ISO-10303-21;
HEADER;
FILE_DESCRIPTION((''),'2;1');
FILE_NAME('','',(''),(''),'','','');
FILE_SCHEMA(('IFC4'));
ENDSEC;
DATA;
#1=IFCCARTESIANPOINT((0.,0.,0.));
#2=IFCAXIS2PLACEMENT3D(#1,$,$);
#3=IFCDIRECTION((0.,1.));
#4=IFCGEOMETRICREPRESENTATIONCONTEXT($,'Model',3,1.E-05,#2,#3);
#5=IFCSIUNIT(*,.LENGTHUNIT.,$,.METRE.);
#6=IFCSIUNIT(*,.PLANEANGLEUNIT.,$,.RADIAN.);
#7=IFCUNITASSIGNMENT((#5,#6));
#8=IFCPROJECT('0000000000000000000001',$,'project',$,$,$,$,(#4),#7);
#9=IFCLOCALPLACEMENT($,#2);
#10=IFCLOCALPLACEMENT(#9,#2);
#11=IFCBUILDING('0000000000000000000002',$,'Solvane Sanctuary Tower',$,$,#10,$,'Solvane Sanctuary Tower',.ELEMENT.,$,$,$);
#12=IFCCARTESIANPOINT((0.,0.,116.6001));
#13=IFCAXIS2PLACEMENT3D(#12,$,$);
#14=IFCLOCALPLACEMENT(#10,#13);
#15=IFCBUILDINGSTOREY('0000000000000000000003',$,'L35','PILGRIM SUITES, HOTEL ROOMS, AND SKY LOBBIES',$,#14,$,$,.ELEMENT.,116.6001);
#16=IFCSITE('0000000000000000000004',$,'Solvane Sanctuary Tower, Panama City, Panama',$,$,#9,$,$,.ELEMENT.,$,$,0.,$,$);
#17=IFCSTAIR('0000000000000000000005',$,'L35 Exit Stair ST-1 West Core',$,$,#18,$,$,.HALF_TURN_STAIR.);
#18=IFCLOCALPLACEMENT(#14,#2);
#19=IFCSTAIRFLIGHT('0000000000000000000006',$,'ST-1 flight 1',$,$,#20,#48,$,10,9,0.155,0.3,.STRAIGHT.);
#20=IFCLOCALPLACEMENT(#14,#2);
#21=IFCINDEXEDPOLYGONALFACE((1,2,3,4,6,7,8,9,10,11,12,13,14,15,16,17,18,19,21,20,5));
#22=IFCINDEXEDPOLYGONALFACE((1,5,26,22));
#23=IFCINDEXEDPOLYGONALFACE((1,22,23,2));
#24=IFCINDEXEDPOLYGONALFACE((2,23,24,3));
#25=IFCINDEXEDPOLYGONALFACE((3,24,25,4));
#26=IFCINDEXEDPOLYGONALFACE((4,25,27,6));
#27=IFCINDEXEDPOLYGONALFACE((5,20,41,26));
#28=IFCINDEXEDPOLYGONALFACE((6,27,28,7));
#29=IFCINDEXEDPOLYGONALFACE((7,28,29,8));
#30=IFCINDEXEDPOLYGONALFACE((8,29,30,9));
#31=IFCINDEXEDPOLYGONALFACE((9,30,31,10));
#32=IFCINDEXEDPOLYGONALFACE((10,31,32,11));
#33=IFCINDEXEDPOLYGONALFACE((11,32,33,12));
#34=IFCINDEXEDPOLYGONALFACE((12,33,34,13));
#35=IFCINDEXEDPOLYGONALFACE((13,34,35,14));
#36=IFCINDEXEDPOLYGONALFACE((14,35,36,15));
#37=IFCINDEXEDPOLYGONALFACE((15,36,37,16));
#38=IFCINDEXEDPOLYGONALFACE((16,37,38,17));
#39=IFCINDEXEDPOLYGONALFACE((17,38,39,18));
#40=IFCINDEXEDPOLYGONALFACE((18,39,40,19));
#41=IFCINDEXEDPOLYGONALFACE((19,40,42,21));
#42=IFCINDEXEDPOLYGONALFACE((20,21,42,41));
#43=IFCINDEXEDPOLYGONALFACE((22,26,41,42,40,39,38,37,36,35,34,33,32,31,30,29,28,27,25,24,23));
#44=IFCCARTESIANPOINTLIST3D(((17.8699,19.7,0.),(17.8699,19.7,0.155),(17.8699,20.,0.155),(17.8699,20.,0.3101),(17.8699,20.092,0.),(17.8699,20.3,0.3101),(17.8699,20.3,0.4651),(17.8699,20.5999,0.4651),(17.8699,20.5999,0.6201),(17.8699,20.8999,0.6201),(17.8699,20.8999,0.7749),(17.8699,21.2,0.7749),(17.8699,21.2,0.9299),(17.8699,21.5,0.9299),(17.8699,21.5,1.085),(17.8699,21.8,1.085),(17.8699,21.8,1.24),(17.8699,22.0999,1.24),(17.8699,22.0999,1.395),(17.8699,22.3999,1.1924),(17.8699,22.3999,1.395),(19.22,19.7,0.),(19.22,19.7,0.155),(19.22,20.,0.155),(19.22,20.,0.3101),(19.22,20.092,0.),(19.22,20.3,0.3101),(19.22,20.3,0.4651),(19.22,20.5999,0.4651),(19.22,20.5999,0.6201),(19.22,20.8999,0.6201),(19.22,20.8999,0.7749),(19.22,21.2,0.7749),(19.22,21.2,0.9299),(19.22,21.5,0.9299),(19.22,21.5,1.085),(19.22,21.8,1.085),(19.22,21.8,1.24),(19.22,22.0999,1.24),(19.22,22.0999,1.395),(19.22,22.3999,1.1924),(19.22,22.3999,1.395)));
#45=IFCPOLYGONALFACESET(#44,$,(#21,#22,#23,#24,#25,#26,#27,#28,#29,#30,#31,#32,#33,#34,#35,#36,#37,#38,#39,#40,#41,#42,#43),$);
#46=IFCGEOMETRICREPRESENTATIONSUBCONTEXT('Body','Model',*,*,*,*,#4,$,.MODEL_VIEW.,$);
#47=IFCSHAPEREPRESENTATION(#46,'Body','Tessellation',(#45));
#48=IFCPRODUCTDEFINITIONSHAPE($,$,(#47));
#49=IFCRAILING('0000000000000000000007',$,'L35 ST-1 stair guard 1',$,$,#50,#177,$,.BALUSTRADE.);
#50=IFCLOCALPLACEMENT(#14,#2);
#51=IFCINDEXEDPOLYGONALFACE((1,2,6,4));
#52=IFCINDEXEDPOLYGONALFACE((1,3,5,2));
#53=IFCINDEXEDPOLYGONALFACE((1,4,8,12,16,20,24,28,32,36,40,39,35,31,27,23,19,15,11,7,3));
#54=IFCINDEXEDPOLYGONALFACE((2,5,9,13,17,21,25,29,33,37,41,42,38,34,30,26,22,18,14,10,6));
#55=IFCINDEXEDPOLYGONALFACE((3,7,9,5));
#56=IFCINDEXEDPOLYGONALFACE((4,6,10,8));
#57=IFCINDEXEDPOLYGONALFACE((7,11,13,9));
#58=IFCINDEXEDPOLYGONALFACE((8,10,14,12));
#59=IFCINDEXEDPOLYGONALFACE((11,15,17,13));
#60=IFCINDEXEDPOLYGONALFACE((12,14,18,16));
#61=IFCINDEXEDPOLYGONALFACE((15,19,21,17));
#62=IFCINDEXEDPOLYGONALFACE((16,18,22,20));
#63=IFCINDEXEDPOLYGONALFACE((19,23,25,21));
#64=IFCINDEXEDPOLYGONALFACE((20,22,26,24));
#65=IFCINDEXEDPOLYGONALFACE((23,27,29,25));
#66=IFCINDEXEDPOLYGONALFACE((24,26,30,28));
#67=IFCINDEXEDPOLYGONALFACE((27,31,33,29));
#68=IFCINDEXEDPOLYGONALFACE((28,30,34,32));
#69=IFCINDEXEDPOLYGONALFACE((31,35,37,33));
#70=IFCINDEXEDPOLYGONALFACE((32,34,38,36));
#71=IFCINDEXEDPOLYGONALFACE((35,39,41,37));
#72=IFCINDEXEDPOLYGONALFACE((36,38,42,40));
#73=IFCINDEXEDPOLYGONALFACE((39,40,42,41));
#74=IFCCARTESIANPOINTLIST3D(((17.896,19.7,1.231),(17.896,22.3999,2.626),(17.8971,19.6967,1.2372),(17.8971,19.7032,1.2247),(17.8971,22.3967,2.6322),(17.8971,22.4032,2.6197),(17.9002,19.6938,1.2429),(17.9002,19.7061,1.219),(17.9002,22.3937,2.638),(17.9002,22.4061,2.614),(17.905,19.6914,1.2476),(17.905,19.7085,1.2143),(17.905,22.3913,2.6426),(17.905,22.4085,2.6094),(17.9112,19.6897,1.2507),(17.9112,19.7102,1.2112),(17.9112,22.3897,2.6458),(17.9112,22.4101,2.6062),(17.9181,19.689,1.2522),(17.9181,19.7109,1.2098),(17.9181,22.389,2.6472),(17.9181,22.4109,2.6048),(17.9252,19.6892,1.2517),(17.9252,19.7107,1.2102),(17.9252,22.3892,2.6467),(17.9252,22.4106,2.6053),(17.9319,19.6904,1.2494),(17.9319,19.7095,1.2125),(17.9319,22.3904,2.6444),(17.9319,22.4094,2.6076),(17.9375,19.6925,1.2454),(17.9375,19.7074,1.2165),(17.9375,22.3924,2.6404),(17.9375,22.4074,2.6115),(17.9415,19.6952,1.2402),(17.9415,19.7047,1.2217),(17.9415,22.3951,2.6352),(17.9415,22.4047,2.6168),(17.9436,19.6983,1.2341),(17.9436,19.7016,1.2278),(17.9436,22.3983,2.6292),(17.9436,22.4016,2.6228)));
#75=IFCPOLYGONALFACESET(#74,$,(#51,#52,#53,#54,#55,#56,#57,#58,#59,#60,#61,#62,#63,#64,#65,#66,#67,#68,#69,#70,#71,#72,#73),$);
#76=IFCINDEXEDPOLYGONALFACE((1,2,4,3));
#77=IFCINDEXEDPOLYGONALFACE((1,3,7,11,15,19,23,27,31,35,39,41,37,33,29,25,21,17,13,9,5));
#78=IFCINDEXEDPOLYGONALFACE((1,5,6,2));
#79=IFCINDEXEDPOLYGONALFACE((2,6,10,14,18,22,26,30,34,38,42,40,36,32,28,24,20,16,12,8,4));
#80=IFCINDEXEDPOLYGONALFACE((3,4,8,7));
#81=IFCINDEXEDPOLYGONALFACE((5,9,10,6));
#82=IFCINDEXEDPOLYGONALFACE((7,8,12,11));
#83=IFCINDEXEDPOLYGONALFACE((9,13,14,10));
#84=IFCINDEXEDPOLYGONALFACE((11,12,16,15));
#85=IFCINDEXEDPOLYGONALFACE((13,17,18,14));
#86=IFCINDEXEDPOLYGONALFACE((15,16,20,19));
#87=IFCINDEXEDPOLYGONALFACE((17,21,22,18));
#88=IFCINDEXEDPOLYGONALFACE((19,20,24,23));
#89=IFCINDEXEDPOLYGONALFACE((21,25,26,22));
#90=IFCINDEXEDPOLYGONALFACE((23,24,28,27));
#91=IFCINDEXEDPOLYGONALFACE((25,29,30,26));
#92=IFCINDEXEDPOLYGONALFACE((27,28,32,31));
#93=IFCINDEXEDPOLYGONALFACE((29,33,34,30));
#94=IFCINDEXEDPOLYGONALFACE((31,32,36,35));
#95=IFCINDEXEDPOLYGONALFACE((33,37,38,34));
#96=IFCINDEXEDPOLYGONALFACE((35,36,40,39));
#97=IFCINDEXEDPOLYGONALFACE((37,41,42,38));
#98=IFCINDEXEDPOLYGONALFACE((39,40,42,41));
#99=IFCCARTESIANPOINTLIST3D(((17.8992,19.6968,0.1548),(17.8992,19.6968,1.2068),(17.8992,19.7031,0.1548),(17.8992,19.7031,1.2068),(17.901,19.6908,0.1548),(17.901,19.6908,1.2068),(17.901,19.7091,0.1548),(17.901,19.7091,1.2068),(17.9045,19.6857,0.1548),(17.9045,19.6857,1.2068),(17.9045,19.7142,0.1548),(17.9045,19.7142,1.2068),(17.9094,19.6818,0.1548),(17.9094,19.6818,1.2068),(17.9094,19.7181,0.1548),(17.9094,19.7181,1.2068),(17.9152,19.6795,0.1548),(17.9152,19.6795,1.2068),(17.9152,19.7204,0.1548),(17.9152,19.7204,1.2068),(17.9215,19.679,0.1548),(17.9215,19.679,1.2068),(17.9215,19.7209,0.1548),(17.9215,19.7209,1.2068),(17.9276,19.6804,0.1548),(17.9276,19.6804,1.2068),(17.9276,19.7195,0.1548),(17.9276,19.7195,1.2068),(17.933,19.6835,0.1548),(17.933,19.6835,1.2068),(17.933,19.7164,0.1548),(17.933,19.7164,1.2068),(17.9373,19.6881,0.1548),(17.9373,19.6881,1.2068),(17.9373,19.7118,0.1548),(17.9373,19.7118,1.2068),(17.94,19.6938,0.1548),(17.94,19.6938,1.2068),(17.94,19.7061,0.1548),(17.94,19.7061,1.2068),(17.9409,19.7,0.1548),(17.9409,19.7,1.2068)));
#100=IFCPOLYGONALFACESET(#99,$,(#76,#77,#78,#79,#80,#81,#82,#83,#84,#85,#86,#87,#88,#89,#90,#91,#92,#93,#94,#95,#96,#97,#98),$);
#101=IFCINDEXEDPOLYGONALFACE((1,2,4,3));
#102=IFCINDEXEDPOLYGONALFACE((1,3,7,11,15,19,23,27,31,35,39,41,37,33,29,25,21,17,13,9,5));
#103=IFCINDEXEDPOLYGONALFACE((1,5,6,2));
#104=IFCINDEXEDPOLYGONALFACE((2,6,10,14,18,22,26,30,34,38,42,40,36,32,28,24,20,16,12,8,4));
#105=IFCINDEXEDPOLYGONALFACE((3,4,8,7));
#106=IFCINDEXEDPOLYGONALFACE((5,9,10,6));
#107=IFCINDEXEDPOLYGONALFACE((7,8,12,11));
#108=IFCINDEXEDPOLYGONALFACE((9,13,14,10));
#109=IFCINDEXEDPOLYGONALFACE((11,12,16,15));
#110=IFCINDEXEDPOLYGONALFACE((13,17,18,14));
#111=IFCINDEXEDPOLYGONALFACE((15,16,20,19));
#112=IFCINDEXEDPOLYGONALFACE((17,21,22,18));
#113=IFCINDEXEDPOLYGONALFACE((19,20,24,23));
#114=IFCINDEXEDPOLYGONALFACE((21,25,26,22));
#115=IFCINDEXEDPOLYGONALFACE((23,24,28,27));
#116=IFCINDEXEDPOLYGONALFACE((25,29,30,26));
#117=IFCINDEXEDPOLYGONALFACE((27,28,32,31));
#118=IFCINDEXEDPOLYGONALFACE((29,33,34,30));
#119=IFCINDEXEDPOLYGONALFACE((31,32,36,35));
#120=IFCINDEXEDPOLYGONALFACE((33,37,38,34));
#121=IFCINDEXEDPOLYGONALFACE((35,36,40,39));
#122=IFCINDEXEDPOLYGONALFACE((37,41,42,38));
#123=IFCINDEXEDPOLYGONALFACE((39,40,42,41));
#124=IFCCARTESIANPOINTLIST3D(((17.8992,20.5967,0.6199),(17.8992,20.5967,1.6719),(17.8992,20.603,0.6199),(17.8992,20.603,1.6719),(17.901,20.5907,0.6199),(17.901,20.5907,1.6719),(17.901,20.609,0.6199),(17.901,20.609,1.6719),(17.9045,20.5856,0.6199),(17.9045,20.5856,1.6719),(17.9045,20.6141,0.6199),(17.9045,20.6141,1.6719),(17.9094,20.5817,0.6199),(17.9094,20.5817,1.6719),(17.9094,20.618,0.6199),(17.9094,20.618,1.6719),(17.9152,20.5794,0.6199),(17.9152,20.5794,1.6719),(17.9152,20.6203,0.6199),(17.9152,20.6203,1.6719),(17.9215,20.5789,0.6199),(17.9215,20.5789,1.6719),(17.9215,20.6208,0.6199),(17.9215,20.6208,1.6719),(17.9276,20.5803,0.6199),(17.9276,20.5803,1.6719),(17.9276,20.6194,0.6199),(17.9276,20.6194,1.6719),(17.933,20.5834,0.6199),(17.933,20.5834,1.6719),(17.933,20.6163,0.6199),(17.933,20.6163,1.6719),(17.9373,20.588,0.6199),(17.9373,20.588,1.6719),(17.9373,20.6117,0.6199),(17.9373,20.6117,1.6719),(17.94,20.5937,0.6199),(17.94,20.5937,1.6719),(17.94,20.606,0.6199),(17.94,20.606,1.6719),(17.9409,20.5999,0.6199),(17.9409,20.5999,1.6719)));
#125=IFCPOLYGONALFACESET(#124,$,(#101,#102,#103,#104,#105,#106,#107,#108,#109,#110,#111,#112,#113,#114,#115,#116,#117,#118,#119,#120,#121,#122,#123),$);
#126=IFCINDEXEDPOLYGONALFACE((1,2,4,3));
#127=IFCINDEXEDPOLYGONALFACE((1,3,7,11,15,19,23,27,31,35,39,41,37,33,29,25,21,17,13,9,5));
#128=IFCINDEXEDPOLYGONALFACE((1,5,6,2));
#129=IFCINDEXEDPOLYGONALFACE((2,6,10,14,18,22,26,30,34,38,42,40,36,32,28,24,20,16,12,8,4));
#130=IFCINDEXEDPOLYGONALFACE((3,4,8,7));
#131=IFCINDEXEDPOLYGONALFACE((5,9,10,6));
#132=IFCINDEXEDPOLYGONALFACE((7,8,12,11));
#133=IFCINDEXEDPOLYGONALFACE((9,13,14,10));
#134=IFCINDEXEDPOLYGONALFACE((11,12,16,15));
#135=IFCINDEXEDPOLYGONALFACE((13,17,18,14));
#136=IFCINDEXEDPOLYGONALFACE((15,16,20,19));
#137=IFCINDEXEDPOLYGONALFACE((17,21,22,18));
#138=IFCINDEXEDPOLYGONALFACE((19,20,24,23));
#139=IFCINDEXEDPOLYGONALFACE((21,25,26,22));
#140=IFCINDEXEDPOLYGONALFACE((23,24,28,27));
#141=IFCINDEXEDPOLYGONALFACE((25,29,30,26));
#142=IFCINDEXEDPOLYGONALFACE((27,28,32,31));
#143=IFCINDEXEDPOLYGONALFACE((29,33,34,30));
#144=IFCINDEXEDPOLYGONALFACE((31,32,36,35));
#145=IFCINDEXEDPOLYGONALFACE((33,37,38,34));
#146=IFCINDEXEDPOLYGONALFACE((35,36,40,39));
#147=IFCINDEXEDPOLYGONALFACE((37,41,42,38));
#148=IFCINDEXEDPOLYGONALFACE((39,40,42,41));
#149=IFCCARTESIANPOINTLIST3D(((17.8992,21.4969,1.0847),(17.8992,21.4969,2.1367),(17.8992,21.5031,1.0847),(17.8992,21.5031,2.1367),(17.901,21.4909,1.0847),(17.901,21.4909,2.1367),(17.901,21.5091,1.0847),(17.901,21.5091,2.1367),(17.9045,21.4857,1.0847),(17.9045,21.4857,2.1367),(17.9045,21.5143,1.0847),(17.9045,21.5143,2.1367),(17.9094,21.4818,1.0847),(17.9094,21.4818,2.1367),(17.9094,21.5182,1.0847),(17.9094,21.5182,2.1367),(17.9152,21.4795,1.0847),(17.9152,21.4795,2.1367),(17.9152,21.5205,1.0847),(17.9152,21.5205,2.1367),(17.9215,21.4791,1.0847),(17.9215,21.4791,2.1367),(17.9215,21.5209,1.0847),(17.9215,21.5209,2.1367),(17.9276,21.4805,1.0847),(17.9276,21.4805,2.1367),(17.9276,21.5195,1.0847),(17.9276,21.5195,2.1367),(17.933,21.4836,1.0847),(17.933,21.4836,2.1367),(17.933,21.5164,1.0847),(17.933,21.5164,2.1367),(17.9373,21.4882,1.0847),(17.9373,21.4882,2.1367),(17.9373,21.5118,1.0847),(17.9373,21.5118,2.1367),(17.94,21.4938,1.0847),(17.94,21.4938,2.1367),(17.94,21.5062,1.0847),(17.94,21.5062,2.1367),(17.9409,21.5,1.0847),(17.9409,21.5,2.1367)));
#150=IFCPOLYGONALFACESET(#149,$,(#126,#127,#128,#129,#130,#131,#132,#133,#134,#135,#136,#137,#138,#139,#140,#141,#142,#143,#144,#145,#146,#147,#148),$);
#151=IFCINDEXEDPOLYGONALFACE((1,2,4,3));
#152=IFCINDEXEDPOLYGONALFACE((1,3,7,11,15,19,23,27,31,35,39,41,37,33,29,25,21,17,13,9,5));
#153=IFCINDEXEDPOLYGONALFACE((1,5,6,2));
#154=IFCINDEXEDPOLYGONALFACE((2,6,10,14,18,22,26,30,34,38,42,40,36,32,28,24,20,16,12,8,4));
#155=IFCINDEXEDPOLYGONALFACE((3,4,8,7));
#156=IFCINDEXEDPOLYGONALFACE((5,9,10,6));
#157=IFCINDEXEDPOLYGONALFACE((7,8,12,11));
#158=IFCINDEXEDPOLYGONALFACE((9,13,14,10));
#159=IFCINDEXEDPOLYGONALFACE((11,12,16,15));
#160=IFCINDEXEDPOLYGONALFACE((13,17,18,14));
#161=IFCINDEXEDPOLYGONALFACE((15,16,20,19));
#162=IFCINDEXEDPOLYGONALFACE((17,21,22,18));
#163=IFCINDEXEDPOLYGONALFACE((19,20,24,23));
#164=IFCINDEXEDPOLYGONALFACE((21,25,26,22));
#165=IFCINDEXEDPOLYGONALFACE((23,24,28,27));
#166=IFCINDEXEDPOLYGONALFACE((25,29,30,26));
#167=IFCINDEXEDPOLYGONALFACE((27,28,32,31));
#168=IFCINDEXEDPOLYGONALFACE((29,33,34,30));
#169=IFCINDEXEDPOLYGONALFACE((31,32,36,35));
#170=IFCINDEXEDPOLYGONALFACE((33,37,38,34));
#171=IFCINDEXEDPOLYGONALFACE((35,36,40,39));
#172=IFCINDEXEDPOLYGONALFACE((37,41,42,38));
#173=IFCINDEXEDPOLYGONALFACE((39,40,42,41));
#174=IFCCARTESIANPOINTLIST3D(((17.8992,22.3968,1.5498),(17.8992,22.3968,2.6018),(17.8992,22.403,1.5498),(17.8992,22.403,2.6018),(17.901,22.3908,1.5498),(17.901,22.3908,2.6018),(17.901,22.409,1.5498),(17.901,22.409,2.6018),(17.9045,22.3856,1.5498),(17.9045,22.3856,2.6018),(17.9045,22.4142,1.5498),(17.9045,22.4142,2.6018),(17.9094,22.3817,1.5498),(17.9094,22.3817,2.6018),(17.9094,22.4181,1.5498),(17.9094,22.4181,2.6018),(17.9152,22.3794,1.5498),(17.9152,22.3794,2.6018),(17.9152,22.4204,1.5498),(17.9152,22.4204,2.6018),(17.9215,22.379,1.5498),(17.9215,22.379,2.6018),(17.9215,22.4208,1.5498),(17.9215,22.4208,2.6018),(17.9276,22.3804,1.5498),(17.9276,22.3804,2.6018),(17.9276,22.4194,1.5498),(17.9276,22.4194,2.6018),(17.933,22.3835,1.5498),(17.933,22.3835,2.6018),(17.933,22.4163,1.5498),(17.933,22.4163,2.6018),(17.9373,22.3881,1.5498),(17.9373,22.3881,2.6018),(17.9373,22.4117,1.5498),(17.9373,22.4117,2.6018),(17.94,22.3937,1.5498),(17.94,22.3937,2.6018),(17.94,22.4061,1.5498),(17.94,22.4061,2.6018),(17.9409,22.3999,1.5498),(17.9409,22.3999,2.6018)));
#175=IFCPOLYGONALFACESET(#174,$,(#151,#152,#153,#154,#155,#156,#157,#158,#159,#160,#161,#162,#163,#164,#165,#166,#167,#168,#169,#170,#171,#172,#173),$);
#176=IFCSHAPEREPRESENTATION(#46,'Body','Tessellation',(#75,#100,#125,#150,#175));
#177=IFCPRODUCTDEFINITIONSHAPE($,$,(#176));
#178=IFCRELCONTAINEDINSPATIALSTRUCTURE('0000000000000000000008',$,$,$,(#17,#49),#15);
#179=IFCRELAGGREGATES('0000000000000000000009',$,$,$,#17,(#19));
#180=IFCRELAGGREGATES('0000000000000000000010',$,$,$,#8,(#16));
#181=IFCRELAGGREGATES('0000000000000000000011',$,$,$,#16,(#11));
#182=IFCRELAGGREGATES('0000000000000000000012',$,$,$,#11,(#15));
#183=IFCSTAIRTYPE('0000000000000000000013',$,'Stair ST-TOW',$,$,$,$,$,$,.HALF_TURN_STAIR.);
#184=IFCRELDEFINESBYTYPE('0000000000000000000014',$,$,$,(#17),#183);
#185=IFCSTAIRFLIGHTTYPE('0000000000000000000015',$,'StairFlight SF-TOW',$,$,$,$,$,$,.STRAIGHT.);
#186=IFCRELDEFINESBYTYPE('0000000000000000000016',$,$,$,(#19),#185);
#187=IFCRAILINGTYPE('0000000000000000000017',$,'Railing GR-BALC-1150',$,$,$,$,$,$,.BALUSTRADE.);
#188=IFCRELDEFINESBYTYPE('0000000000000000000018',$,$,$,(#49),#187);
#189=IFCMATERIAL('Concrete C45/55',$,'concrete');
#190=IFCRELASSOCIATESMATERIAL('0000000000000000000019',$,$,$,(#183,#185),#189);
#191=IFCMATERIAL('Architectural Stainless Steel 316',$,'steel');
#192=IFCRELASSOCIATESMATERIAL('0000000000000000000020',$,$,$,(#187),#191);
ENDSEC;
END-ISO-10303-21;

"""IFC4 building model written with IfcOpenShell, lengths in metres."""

from ifc_helpers import new_model, si_unit, direction, frame, origin, origin_2d, place, context, subcontext, project, spatial, polyline, circle, outline, extrude, material, type_object, element, aggregate, save


model = new_model("IFC4")

# Units and contexts
model_context = context("Model", 3, precision=1e-05, world=origin(), true_north=direction((0.0, 1.0)))
body_context = subcontext(model_context, "Body", "Model", "MODEL_VIEW")
ifc_project = project(units=[si_unit("LENGTHUNIT", "METRE"), si_unit("PLANEANGLEUNIT", "RADIAN")], contexts=[model_context])

# Site, building, storey
site_placement = place(None, origin())
site = spatial("IfcSite", under=ifc_project, at=site_placement, Name="Solvane Sanctuary Tower, Panama City, Panama", CompositionType="ELEMENT", RefElevation=0.0)
building_placement = place(site_placement, origin())
building = spatial("IfcBuilding", under=site, at=building_placement, Name="Solvane Sanctuary Tower", LongName="Solvane Sanctuary Tower", CompositionType="ELEMENT")
storey_placement = place(building_placement, frame((0.0, 0.0, 116.6001)))
storey = spatial("IfcBuildingStorey", under=building, at=storey_placement, Name="L35", Description="PILGRIM SUITES, HOTEL ROOMS, AND SKY LOBBIES", CompositionType="ELEMENT", Elevation=116.6001)

# Shared definitions
ifc_material_1 = material(Name="Architectural Stainless Steel 316", Category="steel")

# Stair, stair flight
ifc_material_2 = material(Name="Concrete C45/55", Category="concrete")
stair_type = type_object("IfcStairType", Name="Stair ST-TOW", PredefinedType="HALF_TURN_STAIR", material=ifc_material_2)
stair_placement = place(storey_placement, origin())
stair = element("IfcStair", 1, at=stair_placement, inside=storey, type_object=stair_type, Name="L35 Exit Stair ST-1 West Core", PredefinedType="HALF_TURN_STAIR")
stair_flight_type = type_object("IfcStairFlightType", Name="StairFlight SF-TOW", PredefinedType="STRAIGHT", material=ifc_material_2)
stair_flight_placement = place(storey_placement, frame((18.5449, 19.7, 0.0), z_axis=(0.0, 0.0, 1.0), x_axis=(0.0, 1.0, 0.0)))
stair_flight = element("IfcStairFlight", 2, at=stair_flight_placement, type_object=stair_flight_type, Name="ST-1 flight 1", NumberOfRisers=10, NumberOfTreads=9, PredefinedType="STRAIGHT", RiserHeight=0.155, TreadLength=0.3, context=body_context, shape_type="SweptSolid", body=[
    extrude(outline(polyline([(0.0, 0.0), (0.0, 0.155), (0.3, 0.155), (0.3, 0.3101), (0.6001, 0.3101), (0.6001, 0.4651), (0.8999, 0.4651), (0.8999, 0.6201), (1.2, 0.6201), (1.2, 0.7749), (1.5, 0.7749), (1.5, 0.9299), (1.8, 0.9299), (1.8, 1.085), (2.1001, 1.085), (2.1001, 1.24), (2.3999, 1.24), (2.3999, 1.395), (2.7, 1.395), (2.7, 1.55), (2.7, 1.1924), (0.3921, 0.0), (0.0, 0.0)])), frame((0.0, 0.675, 0.0), z_axis=(0.0, -1.0, 0.0), x_axis=(1.0, 0.0, 0.0)), (0.0, 0.0, 1.0), 1.3501),
])
aggregate(stair, [stair_flight])

# Railing
railing_type = type_object("IfcRailingType", Name="Railing GR-BALC-1150", PredefinedType="BALUSTRADE", material=ifc_material_1)
railing_1_placement = place(storey_placement, frame((17.9199, 19.7, 0.1548)))
element("IfcRailing", 3, at=railing_1_placement, inside=storey, type_object=railing_type, Name="L35 ST-1 stair guard 1", PredefinedType="BALUSTRADE", context=body_context, shape_type="SweptSolid", body=[
    extrude(circle(Radius=0.0239, at=origin_2d()), frame((0.0, 0.0, 1.0762), z_axis=(0.0, 0.88842, 0.459032), x_axis=(-1.0, 0.0, 0.0)), (0.0, 0.0, 1.0), 3.0391),
    extrude(circle(Radius=0.021, at=origin_2d()), origin(), (0.0, 0.0, 1.0), 1.052),
    extrude(circle(Radius=0.021, at=origin_2d()), frame((0.0, 0.8999, 0.4651)), (0.0, 0.0, 1.0), 1.052),
    extrude(circle(Radius=0.021, at=origin_2d()), frame((0.0, 1.8, 0.9299)), (0.0, 0.0, 1.0), 1.052),
    extrude(circle(Radius=0.021, at=origin_2d()), frame((0.0, 2.7, 1.395)), (0.0, 0.0, 1.0), 1.052),
])

save(model, "model.ifc")
